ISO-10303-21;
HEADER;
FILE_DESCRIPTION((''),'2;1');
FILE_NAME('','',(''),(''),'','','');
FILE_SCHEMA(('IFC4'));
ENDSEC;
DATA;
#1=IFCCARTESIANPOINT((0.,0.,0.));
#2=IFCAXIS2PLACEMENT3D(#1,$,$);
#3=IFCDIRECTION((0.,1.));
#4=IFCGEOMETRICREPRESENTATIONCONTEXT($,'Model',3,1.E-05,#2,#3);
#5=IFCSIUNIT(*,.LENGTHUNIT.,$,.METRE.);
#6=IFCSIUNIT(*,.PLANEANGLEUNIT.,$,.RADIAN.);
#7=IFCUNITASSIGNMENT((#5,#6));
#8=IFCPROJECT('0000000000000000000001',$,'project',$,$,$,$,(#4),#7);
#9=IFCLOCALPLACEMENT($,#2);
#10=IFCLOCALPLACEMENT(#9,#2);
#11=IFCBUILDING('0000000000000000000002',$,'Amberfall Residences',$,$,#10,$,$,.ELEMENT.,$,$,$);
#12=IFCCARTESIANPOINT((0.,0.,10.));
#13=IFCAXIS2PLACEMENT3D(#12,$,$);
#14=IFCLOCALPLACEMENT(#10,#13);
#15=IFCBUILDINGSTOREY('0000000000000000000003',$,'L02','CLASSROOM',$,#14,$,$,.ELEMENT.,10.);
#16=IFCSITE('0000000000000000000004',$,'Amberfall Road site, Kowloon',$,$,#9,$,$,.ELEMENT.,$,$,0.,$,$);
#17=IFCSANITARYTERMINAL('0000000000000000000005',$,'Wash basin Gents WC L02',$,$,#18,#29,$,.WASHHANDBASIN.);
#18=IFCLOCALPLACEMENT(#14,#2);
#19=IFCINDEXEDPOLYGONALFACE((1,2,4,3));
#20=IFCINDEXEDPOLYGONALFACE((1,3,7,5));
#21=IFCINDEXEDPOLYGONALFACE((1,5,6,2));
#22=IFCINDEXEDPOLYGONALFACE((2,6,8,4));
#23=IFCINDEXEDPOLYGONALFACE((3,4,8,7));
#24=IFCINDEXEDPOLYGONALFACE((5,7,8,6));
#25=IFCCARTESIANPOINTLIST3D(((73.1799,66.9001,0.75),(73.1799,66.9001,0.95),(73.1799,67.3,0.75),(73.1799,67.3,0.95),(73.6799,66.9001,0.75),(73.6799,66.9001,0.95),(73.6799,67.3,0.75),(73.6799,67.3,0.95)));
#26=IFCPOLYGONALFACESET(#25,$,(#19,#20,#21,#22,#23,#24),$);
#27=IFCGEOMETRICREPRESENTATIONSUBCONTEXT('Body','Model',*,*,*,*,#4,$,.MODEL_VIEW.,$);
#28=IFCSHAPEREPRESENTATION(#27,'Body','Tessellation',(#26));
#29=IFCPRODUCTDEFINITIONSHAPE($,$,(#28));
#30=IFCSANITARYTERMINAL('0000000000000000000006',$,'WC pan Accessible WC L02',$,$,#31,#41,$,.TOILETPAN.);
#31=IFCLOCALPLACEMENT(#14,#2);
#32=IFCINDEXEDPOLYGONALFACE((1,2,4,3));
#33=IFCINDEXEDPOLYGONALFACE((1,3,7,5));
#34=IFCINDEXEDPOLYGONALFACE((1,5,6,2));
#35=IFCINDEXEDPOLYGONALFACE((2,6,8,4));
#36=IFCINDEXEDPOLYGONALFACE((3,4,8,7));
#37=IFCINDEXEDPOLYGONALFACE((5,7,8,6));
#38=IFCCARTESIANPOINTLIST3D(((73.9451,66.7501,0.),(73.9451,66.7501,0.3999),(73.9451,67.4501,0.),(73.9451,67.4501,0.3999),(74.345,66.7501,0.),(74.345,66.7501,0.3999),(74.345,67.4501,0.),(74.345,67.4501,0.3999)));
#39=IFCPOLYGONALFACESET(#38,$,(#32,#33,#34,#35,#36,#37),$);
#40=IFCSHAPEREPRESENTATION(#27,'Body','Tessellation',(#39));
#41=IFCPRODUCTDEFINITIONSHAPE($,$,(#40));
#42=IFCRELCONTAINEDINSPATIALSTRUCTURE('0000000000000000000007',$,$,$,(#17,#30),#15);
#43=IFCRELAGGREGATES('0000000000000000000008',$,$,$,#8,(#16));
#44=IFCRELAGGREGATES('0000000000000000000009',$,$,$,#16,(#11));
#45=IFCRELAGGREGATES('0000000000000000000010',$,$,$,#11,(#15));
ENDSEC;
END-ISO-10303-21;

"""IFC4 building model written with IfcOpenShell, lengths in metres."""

from ifc_helpers import new_model, si_unit, direction, frame, origin, origin_2d, place, context, subcontext, project, spatial, rectangle, extrude, element, save


model = new_model("IFC4")

# Units and contexts
model_context = context("Model", 3, precision=1e-05, world=origin(), true_north=direction((0.0, 1.0)))
body_context = subcontext(model_context, "Body", "Model", "MODEL_VIEW")
ifc_project = project(units=[si_unit("LENGTHUNIT", "METRE"), si_unit("PLANEANGLEUNIT", "RADIAN")], contexts=[model_context])

# Site, building, storey
site_placement = place(None, origin())
site = spatial("IfcSite", under=ifc_project, at=site_placement, Name="Amberfall Road site, Kowloon", CompositionType="ELEMENT", RefElevation=0.0)
building_placement = place(site_placement, origin())
building = spatial("IfcBuilding", under=site, at=building_placement, Name="Amberfall Residences", CompositionType="ELEMENT")
storey_placement = place(building_placement, frame((0.0, 0.0, 10.0)))
storey = spatial("IfcBuildingStorey", under=building, at=storey_placement, Name="L02", Description="CLASSROOM", CompositionType="ELEMENT", Elevation=10.0)

# Sanitary terminals
sanitary_terminal_1_placement = place(storey_placement, frame((73.4299, 67.1001, 0.75), z_axis=(0.0, 0.0, 1.0), x_axis=(1.0, 0.0, 0.0)))
element("IfcSanitaryTerminal", 1, at=sanitary_terminal_1_placement, inside=storey, Name="Wash basin Gents WC L02", PredefinedType="WASHHANDBASIN", context=body_context, shape_type="SweptSolid", body=[
    extrude(rectangle(XDim=0.5, YDim=0.3999, at=origin_2d()), origin(), (0.0, 0.0, 1.0), 0.2),
])
sanitary_terminal_2_placement = place(storey_placement, frame((74.145, 67.1001, 0.0), z_axis=(0.0, 0.0, 1.0), x_axis=(1.0, 0.0, 0.0)))
element("IfcSanitaryTerminal", 2, at=sanitary_terminal_2_placement, inside=storey, Name="WC pan Accessible WC L02", PredefinedType="TOILETPAN", context=body_context, shape_type="SweptSolid", body=[
    extrude(rectangle(XDim=0.3999, YDim=0.7, at=origin_2d()), origin(), (0.0, 0.0, 1.0), 0.3999),
])

save(model, "model.ifc")
